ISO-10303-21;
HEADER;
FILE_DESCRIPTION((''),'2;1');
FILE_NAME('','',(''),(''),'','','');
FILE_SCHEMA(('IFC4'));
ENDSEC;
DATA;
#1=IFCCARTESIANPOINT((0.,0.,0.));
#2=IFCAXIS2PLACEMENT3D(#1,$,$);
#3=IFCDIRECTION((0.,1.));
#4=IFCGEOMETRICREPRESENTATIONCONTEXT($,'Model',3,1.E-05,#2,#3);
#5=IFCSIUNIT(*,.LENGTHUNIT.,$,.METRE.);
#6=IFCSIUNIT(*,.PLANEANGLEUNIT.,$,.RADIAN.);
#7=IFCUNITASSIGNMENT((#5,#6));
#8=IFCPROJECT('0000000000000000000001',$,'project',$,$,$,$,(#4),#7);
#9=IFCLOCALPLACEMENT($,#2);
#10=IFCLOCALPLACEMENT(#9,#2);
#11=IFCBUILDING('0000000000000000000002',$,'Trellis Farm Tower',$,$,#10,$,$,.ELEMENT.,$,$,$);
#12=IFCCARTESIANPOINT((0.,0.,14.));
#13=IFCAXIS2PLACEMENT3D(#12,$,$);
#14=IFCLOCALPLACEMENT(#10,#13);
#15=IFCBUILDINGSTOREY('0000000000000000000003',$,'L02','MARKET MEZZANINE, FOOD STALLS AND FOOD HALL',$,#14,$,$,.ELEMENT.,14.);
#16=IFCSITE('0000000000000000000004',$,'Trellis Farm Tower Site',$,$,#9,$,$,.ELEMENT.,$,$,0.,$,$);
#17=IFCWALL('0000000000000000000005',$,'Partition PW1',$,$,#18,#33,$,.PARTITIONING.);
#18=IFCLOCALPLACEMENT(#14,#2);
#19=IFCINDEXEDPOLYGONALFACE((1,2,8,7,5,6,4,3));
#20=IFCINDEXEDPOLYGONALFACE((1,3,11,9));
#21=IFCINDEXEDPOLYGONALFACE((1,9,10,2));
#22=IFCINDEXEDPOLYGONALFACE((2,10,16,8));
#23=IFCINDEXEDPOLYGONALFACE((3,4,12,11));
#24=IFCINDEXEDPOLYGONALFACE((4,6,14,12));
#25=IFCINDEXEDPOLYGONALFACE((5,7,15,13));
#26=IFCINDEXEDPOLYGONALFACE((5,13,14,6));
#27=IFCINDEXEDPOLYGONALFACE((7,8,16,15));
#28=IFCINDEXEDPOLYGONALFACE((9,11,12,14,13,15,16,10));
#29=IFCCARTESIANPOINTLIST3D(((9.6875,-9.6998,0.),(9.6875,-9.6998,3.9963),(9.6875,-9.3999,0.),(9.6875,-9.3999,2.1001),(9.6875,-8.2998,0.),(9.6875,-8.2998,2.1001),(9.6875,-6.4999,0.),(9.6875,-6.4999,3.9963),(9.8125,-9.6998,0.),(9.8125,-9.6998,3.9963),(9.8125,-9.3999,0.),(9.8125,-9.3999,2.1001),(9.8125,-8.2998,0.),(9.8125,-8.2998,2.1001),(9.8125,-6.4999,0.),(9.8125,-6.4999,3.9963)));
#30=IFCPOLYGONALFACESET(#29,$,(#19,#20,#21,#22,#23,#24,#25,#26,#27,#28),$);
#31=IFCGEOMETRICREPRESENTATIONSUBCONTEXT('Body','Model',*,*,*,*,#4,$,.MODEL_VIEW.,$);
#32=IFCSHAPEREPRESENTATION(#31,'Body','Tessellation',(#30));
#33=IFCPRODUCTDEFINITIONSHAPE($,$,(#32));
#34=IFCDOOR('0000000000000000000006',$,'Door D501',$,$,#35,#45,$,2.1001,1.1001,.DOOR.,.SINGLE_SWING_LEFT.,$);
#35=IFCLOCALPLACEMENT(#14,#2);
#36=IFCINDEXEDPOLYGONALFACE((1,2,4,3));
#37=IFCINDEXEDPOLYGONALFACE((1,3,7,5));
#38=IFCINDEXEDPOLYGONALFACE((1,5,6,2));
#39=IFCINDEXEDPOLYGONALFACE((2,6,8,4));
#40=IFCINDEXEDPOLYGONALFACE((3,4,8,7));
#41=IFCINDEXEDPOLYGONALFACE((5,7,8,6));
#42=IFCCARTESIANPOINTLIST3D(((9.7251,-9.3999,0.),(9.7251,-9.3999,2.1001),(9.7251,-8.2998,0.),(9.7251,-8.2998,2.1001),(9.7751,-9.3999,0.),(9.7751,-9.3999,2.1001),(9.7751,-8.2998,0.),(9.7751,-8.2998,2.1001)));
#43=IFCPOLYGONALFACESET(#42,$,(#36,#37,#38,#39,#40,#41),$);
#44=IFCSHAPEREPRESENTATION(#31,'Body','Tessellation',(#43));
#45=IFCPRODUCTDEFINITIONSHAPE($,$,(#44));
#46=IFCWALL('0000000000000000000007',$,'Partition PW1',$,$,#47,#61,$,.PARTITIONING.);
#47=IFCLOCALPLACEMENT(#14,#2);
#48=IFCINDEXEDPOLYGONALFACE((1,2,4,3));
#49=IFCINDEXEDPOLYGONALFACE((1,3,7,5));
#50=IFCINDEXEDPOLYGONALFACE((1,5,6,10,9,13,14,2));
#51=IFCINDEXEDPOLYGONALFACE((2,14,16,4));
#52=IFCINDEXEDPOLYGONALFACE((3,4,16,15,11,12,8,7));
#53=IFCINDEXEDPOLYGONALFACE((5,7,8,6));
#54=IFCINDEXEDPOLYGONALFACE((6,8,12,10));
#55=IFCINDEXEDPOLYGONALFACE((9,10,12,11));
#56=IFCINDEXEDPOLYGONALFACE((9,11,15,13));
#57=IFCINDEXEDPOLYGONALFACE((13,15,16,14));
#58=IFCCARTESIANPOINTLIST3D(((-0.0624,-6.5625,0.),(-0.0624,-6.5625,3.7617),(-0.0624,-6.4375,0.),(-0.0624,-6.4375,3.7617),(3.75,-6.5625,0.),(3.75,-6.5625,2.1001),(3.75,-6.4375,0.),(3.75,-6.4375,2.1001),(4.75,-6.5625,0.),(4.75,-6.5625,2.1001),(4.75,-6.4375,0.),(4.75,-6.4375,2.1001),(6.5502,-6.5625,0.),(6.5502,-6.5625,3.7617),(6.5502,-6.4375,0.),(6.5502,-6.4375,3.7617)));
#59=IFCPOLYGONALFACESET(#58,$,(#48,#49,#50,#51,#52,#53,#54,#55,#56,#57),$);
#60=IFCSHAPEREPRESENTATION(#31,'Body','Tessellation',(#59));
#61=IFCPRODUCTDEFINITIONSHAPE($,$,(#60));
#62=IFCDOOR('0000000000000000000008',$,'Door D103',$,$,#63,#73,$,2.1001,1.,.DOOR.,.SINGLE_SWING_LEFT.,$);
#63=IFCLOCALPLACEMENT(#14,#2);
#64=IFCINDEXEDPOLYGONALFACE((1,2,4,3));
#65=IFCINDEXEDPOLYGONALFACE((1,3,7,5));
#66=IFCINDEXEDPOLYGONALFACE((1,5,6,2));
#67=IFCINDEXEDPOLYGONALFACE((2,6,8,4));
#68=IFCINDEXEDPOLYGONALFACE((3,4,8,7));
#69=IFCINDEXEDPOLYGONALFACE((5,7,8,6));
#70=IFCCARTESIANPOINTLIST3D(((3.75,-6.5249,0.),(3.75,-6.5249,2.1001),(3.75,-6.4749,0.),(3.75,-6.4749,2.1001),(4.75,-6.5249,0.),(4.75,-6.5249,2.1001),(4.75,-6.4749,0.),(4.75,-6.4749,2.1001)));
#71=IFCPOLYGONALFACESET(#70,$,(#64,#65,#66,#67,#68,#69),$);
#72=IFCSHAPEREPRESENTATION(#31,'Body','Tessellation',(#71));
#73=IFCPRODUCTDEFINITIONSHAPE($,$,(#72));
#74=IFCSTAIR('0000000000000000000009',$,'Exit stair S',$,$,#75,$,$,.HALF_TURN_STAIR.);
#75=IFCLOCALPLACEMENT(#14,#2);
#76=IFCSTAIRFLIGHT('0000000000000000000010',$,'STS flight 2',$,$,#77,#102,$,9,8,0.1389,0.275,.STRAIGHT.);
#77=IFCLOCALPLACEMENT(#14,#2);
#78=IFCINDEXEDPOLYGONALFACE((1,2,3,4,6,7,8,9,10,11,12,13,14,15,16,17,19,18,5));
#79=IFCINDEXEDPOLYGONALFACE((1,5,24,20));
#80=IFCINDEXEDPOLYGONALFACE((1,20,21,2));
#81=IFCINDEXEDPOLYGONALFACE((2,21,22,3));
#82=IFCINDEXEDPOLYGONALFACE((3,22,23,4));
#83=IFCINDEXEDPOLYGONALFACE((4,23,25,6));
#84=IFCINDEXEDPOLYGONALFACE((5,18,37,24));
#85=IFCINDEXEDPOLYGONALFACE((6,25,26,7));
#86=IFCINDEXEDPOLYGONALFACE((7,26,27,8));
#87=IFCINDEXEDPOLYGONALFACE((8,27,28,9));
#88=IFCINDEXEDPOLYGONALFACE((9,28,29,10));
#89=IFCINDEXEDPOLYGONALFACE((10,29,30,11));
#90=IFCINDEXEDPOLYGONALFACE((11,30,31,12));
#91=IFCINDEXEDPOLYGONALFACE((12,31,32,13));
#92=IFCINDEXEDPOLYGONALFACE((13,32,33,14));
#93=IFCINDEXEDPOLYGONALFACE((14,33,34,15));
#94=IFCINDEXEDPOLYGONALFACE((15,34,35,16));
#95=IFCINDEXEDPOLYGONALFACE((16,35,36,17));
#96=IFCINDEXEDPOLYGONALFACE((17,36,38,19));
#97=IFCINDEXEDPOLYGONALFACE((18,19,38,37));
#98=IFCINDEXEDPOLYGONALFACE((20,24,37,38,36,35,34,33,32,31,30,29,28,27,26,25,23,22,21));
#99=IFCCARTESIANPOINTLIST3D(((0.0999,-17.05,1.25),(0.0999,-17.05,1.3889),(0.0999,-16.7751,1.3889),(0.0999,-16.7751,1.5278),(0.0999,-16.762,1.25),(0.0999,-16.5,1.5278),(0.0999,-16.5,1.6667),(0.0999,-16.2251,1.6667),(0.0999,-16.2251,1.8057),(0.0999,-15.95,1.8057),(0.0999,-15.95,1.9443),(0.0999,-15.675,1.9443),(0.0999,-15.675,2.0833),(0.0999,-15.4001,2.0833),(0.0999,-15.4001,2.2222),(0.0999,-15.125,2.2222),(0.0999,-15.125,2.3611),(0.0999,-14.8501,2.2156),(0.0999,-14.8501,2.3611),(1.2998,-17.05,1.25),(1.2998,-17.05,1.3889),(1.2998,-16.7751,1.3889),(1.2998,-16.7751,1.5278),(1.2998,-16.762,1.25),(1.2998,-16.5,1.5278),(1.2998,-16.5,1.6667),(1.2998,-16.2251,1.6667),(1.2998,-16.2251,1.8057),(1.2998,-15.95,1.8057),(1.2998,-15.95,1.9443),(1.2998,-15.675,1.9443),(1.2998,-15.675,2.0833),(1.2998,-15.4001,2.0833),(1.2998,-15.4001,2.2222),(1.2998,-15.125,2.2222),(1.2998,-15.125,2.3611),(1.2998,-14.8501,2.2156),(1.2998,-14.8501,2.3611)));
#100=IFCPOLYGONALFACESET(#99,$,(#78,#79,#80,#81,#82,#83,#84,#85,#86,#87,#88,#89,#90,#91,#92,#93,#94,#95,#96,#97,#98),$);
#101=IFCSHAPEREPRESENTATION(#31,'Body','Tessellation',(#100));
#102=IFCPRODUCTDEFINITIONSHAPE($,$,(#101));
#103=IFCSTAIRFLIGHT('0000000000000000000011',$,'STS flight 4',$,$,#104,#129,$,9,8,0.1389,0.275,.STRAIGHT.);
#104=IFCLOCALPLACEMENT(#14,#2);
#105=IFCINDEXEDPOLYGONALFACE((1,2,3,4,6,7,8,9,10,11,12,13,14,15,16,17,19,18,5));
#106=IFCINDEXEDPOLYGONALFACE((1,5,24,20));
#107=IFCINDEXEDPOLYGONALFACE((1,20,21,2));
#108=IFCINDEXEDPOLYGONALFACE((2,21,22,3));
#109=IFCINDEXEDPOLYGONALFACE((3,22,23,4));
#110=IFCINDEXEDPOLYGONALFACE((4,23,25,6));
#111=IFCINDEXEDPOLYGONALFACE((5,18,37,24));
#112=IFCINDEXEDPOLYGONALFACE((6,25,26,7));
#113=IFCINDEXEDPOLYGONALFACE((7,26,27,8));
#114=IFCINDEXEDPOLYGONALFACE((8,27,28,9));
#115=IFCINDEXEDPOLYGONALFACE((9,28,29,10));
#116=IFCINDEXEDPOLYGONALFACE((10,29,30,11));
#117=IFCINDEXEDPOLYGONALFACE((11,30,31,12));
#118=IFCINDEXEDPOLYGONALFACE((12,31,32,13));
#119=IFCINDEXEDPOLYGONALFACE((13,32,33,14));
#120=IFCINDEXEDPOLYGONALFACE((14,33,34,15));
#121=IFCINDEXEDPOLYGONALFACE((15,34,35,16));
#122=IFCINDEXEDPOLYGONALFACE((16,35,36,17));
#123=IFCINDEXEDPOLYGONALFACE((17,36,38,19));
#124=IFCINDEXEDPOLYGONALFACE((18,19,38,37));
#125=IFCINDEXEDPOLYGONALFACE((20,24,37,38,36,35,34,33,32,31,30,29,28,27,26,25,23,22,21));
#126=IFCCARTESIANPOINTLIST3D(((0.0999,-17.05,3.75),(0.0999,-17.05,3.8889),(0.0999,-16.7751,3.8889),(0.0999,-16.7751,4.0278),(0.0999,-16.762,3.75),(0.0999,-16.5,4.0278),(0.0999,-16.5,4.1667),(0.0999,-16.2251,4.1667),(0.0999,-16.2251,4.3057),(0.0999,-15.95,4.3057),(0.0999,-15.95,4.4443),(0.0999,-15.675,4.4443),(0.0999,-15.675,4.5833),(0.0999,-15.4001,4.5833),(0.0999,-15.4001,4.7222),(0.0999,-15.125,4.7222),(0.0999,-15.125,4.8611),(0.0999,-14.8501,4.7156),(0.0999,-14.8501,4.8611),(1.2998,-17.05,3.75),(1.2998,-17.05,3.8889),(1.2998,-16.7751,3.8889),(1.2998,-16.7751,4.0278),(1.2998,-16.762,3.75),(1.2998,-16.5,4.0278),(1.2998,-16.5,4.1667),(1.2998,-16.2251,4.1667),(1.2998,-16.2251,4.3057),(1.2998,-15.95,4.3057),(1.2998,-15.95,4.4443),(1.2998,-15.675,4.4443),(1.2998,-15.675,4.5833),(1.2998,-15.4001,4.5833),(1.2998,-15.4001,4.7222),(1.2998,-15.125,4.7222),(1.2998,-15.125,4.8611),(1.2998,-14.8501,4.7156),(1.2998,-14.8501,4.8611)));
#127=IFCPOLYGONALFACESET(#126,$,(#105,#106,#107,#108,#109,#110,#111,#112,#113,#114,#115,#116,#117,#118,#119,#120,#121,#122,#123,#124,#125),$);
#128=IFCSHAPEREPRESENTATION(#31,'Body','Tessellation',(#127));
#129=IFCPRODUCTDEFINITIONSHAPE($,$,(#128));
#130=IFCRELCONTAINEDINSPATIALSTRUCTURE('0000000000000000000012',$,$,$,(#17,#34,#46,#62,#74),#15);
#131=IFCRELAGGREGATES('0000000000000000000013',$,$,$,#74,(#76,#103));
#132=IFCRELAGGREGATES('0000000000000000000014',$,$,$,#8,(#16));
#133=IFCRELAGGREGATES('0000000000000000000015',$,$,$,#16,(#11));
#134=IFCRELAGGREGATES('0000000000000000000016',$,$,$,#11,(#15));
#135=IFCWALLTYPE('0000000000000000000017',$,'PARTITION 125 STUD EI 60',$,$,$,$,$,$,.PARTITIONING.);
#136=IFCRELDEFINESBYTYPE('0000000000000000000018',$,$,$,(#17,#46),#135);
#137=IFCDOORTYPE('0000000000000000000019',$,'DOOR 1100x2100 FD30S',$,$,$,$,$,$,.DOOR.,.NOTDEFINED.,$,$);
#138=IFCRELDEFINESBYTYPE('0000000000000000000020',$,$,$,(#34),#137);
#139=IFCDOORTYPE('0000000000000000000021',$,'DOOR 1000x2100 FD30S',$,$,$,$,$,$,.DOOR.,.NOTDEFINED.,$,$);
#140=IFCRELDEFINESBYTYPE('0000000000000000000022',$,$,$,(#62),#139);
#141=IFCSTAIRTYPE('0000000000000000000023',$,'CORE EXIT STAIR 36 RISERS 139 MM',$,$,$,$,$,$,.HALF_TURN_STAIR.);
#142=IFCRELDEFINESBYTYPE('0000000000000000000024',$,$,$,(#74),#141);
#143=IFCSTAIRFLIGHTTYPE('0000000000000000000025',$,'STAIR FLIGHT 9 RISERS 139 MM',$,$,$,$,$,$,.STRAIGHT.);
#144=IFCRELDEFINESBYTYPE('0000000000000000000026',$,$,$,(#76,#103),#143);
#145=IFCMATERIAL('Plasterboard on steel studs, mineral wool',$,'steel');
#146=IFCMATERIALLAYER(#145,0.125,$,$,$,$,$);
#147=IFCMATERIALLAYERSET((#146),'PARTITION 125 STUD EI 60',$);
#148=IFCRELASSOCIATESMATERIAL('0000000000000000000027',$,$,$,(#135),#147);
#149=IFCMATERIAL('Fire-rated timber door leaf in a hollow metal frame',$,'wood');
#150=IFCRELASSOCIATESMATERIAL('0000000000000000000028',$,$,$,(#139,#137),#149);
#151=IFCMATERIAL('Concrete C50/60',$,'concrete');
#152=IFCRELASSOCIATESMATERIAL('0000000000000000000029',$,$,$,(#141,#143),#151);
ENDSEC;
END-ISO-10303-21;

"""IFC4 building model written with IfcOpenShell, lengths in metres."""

from ifc_helpers import new_model, si_unit, direction, frame, frame_2d, origin, place, context, subcontext, project, spatial, polyline, rectangle, outline, extrude, source, transform, mapped, material, layer, layer_set, type_object, element, fill, aggregate, save


model = new_model("IFC4")

# Units and contexts
model_context = context("Model", 3, precision=1e-05, world=origin(), true_north=direction((0.0, 1.0)))
body_context = subcontext(model_context, "Body", "Model", "MODEL_VIEW")
ifc_project = project(units=[si_unit("LENGTHUNIT", "METRE"), si_unit("PLANEANGLEUNIT", "RADIAN")], contexts=[model_context])

# Site, building, storey
site_placement = place(None, origin())
site = spatial("IfcSite", under=ifc_project, at=site_placement, Name="Trellis Farm Tower Site", CompositionType="ELEMENT", RefElevation=0.0)
building_placement = place(site_placement, origin())
building = spatial("IfcBuilding", under=site, at=building_placement, Name="Trellis Farm Tower", CompositionType="ELEMENT")
storey_placement = place(building_placement, frame((0.0, 0.0, 14.0)))
storey = spatial("IfcBuildingStorey", under=building, at=storey_placement, Name="L02", Description="MARKET MEZZANINE, FOOD STALLS AND FOOD HALL", CompositionType="ELEMENT", Elevation=14.0)

# Shared definitions
shared_shape_1 = source(origin(), body_context, "Body", "SweptSolid", [
    extrude(rectangle(XDim=1.1001, YDim=2.1001, at=frame_2d((0.55, 1.05))), frame((0.0, 0.0249, 0.0), z_axis=(0.0, -1.0, 0.0), x_axis=(1.0, 0.0, 0.0)), (0.0, 0.0, 1.0), 0.05),
])

# Shared definitions
ifc_material_1 = material(Name="Plasterboard on steel studs, mineral wool", Category="steel")
ifc_layer_1 = layer(ifc_material_1, 0.125)
ifc_layer_set_1 = layer_set([ifc_layer_1], Name="PARTITION 125 STUD EI 60")
wall_type_1 = type_object("IfcWallType", Name="PARTITION 125 STUD EI 60", PredefinedType="PARTITIONING", material=ifc_layer_set_1)
shared_shape_2 = source(origin(), body_context, "Body", "SweptSolid", [
    extrude(rectangle(XDim=1.0, YDim=2.1001, at=frame_2d((0.5, 1.05))), frame((0.0, 0.0725, 0.0), z_axis=(0.0, -1.0, 0.0), x_axis=(1.0, 0.0, 0.0)), (0.0, 0.0, 1.0), 0.145),
])
ifc_material_2 = material(Name="Fire-rated timber door leaf in a hollow metal frame", Category="wood")
door_type_1 = type_object("IfcDoorType", Name="DOOR 1000x2100 FD30S", OperationType="NOTDEFINED", PredefinedType="DOOR", material=ifc_material_2)
shared_shape_3 = source(origin(), body_context, "Body", "SweptSolid", [
    extrude(rectangle(XDim=1.0, YDim=2.1001, at=frame_2d((0.5, 1.05))), frame((0.0, 0.0249, 0.0), z_axis=(0.0, -1.0, 0.0), x_axis=(1.0, 0.0, 0.0)), (0.0, 0.0, 1.0), 0.05),
])

# Walls, openings, doors
shared_shape_4 = source(origin(), body_context, "Body", "SweptSolid", [
    extrude(rectangle(XDim=3.2, YDim=0.125, at=frame_2d((1.6001, 0.0))), origin(), (0.0, 0.0, 1.0), 3.9963),
])
wall_1_placement = place(storey_placement, frame((9.75, -9.7, 0.0), z_axis=(0.0, 0.0, 1.0), x_axis=(0.0, 1.0, 0.0)))
wall_1 = element("IfcWall", 1, at=wall_1_placement, inside=storey, type_object=wall_type_1, Name="Partition PW1", PredefinedType="PARTITIONING", context=body_context, shape_type="MappedRepresentation", body=[
    mapped(shared_shape_4, transform((0.0, 0.0, 0.0))),
])
shared_shape_5 = source(origin(), body_context, "Body", "SweptSolid", [
    extrude(rectangle(XDim=1.1001, YDim=2.1001, at=frame_2d((0.55, 1.05))), frame((0.0, 0.0725, 0.0), z_axis=(0.0, -1.0, 0.0), x_axis=(1.0, 0.0, 0.0)), (0.0, 0.0, 1.0), 0.145),
])
opening_1_placement = place(wall_1_placement, frame((0.3, 0.0, 0.0)))
opening_1 = element("IfcOpeningElement", 2, at=opening_1_placement, cuts=wall_1, PredefinedType="OPENING", context=body_context, shape_type="MappedRepresentation", body=[
    mapped(shared_shape_5, transform((0.0, 0.0, 0.0))),
])
door_type_2 = type_object("IfcDoorType", Name="DOOR 1100x2100 FD30S", OperationType="NOTDEFINED", PredefinedType="DOOR", material=ifc_material_2)
door_1_placement = place(opening_1_placement, origin())
door_1 = element("IfcDoor", 3, at=door_1_placement, inside=storey, type_object=door_type_2, Name="Door D501", OperationType="SINGLE_SWING_LEFT", OverallHeight=2.1001, OverallWidth=1.1001, PredefinedType="DOOR", context=body_context, shape_type="MappedRepresentation", body=[
    mapped(shared_shape_1, transform((0.0, 0.0, 0.0))),
])
fill(opening_1, door_1)
shared_shape_6 = source(origin(), body_context, "Body", "SweptSolid", [
    extrude(rectangle(XDim=6.6125, YDim=0.125, at=frame_2d((3.3062, 0.0))), origin(), (0.0, 0.0, 1.0), 3.7617),
])
wall_2_placement = place(storey_placement, frame((6.55, -6.5, 0.0), z_axis=(0.0, 0.0, 1.0), x_axis=(-1.0, 0.0, 0.0)))
wall_2 = element("IfcWall", 4, at=wall_2_placement, inside=storey, type_object=wall_type_1, Name="Partition PW1", PredefinedType="PARTITIONING", context=body_context, shape_type="MappedRepresentation", body=[
    mapped(shared_shape_6, transform((0.0, 0.0, 0.0))),
])
opening_2_placement = place(wall_2_placement, frame((1.8, 0.0, 0.0)))
opening_2 = element("IfcOpeningElement", 5, at=opening_2_placement, cuts=wall_2, PredefinedType="OPENING", context=body_context, shape_type="MappedRepresentation", body=[
    mapped(shared_shape_2, transform((0.0, 0.0, 0.0))),
])
door_2_placement = place(opening_2_placement, origin())
door_2 = element("IfcDoor", 6, at=door_2_placement, inside=storey, type_object=door_type_1, Name="Door D103", OperationType="SINGLE_SWING_LEFT", OverallHeight=2.1001, OverallWidth=1.0, PredefinedType="DOOR", context=body_context, shape_type="MappedRepresentation", body=[
    mapped(shared_shape_3, transform((0.0, 0.0, 0.0))),
])
fill(opening_2, door_2)

# Stair, stair flights
ifc_material_3 = material(Name="Concrete C50/60", Category="concrete")
stair_type = type_object("IfcStairType", Name="CORE EXIT STAIR 36 RISERS 139 MM", PredefinedType="HALF_TURN_STAIR", material=ifc_material_3)
stair_placement = place(storey_placement, origin())
stair = element("IfcStair", 7, at=stair_placement, inside=storey, type_object=stair_type, Name="Exit stair S", PredefinedType="HALF_TURN_STAIR")
stair_flight_type = type_object("IfcStairFlightType", Name="STAIR FLIGHT 9 RISERS 139 MM", PredefinedType="STRAIGHT", material=ifc_material_3)
shared_shape_7 = source(origin(), body_context, "Body", "SweptSolid", [
    extrude(outline(polyline([(0.0, 0.0), (0.0, 0.1389), (0.2749, 0.1389), (0.2749, 0.2778), (0.55, 0.2778), (0.55, 0.4167), (0.825, 0.4167), (0.825, 0.5557), (1.1001, 0.5557), (1.1001, 0.6943), (1.375, 0.6943), (1.375, 0.8333), (1.6499, 0.8333), (1.6499, 0.9722), (1.925, 0.9722), (1.925, 1.1111), (2.2, 1.1111), (2.2, 1.25), (2.2, 0.9656), (0.2881, 0.0), (0.0, 0.0)])), frame((0.0, 0.6001, 0.0), z_axis=(0.0, -1.0, 0.0), x_axis=(1.0, 0.0, 0.0)), (0.0, 0.0, 1.0), 1.2),
])
stair_flight_1_placement = place(storey_placement, frame((0.7, -17.05, 1.25), z_axis=(0.0, 0.0, 1.0), x_axis=(0.0, 1.0, 0.0)))
stair_flight_1 = element("IfcStairFlight", 8, at=stair_flight_1_placement, type_object=stair_flight_type, Name="STS flight 2", NumberOfRisers=9, NumberOfTreads=8, PredefinedType="STRAIGHT", RiserHeight=0.1389, TreadLength=0.275, context=body_context, shape_type="MappedRepresentation", body=[
    mapped(shared_shape_7, transform((0.0, 0.0, 0.0))),
])
stair_flight_2_placement = place(storey_placement, frame((0.7, -17.05, 3.75), z_axis=(0.0, 0.0, 1.0), x_axis=(0.0, 1.0, 0.0)))
stair_flight_2 = element("IfcStairFlight", 9, at=stair_flight_2_placement, type_object=stair_flight_type, Name="STS flight 4", NumberOfRisers=9, NumberOfTreads=8, PredefinedType="STRAIGHT", RiserHeight=0.1389, TreadLength=0.275, context=body_context, shape_type="MappedRepresentation", body=[
    mapped(shared_shape_7, transform((0.0, 0.0, 0.0))),
])
aggregate(stair, [stair_flight_1, stair_flight_2])

save(model, "model.ifc")
